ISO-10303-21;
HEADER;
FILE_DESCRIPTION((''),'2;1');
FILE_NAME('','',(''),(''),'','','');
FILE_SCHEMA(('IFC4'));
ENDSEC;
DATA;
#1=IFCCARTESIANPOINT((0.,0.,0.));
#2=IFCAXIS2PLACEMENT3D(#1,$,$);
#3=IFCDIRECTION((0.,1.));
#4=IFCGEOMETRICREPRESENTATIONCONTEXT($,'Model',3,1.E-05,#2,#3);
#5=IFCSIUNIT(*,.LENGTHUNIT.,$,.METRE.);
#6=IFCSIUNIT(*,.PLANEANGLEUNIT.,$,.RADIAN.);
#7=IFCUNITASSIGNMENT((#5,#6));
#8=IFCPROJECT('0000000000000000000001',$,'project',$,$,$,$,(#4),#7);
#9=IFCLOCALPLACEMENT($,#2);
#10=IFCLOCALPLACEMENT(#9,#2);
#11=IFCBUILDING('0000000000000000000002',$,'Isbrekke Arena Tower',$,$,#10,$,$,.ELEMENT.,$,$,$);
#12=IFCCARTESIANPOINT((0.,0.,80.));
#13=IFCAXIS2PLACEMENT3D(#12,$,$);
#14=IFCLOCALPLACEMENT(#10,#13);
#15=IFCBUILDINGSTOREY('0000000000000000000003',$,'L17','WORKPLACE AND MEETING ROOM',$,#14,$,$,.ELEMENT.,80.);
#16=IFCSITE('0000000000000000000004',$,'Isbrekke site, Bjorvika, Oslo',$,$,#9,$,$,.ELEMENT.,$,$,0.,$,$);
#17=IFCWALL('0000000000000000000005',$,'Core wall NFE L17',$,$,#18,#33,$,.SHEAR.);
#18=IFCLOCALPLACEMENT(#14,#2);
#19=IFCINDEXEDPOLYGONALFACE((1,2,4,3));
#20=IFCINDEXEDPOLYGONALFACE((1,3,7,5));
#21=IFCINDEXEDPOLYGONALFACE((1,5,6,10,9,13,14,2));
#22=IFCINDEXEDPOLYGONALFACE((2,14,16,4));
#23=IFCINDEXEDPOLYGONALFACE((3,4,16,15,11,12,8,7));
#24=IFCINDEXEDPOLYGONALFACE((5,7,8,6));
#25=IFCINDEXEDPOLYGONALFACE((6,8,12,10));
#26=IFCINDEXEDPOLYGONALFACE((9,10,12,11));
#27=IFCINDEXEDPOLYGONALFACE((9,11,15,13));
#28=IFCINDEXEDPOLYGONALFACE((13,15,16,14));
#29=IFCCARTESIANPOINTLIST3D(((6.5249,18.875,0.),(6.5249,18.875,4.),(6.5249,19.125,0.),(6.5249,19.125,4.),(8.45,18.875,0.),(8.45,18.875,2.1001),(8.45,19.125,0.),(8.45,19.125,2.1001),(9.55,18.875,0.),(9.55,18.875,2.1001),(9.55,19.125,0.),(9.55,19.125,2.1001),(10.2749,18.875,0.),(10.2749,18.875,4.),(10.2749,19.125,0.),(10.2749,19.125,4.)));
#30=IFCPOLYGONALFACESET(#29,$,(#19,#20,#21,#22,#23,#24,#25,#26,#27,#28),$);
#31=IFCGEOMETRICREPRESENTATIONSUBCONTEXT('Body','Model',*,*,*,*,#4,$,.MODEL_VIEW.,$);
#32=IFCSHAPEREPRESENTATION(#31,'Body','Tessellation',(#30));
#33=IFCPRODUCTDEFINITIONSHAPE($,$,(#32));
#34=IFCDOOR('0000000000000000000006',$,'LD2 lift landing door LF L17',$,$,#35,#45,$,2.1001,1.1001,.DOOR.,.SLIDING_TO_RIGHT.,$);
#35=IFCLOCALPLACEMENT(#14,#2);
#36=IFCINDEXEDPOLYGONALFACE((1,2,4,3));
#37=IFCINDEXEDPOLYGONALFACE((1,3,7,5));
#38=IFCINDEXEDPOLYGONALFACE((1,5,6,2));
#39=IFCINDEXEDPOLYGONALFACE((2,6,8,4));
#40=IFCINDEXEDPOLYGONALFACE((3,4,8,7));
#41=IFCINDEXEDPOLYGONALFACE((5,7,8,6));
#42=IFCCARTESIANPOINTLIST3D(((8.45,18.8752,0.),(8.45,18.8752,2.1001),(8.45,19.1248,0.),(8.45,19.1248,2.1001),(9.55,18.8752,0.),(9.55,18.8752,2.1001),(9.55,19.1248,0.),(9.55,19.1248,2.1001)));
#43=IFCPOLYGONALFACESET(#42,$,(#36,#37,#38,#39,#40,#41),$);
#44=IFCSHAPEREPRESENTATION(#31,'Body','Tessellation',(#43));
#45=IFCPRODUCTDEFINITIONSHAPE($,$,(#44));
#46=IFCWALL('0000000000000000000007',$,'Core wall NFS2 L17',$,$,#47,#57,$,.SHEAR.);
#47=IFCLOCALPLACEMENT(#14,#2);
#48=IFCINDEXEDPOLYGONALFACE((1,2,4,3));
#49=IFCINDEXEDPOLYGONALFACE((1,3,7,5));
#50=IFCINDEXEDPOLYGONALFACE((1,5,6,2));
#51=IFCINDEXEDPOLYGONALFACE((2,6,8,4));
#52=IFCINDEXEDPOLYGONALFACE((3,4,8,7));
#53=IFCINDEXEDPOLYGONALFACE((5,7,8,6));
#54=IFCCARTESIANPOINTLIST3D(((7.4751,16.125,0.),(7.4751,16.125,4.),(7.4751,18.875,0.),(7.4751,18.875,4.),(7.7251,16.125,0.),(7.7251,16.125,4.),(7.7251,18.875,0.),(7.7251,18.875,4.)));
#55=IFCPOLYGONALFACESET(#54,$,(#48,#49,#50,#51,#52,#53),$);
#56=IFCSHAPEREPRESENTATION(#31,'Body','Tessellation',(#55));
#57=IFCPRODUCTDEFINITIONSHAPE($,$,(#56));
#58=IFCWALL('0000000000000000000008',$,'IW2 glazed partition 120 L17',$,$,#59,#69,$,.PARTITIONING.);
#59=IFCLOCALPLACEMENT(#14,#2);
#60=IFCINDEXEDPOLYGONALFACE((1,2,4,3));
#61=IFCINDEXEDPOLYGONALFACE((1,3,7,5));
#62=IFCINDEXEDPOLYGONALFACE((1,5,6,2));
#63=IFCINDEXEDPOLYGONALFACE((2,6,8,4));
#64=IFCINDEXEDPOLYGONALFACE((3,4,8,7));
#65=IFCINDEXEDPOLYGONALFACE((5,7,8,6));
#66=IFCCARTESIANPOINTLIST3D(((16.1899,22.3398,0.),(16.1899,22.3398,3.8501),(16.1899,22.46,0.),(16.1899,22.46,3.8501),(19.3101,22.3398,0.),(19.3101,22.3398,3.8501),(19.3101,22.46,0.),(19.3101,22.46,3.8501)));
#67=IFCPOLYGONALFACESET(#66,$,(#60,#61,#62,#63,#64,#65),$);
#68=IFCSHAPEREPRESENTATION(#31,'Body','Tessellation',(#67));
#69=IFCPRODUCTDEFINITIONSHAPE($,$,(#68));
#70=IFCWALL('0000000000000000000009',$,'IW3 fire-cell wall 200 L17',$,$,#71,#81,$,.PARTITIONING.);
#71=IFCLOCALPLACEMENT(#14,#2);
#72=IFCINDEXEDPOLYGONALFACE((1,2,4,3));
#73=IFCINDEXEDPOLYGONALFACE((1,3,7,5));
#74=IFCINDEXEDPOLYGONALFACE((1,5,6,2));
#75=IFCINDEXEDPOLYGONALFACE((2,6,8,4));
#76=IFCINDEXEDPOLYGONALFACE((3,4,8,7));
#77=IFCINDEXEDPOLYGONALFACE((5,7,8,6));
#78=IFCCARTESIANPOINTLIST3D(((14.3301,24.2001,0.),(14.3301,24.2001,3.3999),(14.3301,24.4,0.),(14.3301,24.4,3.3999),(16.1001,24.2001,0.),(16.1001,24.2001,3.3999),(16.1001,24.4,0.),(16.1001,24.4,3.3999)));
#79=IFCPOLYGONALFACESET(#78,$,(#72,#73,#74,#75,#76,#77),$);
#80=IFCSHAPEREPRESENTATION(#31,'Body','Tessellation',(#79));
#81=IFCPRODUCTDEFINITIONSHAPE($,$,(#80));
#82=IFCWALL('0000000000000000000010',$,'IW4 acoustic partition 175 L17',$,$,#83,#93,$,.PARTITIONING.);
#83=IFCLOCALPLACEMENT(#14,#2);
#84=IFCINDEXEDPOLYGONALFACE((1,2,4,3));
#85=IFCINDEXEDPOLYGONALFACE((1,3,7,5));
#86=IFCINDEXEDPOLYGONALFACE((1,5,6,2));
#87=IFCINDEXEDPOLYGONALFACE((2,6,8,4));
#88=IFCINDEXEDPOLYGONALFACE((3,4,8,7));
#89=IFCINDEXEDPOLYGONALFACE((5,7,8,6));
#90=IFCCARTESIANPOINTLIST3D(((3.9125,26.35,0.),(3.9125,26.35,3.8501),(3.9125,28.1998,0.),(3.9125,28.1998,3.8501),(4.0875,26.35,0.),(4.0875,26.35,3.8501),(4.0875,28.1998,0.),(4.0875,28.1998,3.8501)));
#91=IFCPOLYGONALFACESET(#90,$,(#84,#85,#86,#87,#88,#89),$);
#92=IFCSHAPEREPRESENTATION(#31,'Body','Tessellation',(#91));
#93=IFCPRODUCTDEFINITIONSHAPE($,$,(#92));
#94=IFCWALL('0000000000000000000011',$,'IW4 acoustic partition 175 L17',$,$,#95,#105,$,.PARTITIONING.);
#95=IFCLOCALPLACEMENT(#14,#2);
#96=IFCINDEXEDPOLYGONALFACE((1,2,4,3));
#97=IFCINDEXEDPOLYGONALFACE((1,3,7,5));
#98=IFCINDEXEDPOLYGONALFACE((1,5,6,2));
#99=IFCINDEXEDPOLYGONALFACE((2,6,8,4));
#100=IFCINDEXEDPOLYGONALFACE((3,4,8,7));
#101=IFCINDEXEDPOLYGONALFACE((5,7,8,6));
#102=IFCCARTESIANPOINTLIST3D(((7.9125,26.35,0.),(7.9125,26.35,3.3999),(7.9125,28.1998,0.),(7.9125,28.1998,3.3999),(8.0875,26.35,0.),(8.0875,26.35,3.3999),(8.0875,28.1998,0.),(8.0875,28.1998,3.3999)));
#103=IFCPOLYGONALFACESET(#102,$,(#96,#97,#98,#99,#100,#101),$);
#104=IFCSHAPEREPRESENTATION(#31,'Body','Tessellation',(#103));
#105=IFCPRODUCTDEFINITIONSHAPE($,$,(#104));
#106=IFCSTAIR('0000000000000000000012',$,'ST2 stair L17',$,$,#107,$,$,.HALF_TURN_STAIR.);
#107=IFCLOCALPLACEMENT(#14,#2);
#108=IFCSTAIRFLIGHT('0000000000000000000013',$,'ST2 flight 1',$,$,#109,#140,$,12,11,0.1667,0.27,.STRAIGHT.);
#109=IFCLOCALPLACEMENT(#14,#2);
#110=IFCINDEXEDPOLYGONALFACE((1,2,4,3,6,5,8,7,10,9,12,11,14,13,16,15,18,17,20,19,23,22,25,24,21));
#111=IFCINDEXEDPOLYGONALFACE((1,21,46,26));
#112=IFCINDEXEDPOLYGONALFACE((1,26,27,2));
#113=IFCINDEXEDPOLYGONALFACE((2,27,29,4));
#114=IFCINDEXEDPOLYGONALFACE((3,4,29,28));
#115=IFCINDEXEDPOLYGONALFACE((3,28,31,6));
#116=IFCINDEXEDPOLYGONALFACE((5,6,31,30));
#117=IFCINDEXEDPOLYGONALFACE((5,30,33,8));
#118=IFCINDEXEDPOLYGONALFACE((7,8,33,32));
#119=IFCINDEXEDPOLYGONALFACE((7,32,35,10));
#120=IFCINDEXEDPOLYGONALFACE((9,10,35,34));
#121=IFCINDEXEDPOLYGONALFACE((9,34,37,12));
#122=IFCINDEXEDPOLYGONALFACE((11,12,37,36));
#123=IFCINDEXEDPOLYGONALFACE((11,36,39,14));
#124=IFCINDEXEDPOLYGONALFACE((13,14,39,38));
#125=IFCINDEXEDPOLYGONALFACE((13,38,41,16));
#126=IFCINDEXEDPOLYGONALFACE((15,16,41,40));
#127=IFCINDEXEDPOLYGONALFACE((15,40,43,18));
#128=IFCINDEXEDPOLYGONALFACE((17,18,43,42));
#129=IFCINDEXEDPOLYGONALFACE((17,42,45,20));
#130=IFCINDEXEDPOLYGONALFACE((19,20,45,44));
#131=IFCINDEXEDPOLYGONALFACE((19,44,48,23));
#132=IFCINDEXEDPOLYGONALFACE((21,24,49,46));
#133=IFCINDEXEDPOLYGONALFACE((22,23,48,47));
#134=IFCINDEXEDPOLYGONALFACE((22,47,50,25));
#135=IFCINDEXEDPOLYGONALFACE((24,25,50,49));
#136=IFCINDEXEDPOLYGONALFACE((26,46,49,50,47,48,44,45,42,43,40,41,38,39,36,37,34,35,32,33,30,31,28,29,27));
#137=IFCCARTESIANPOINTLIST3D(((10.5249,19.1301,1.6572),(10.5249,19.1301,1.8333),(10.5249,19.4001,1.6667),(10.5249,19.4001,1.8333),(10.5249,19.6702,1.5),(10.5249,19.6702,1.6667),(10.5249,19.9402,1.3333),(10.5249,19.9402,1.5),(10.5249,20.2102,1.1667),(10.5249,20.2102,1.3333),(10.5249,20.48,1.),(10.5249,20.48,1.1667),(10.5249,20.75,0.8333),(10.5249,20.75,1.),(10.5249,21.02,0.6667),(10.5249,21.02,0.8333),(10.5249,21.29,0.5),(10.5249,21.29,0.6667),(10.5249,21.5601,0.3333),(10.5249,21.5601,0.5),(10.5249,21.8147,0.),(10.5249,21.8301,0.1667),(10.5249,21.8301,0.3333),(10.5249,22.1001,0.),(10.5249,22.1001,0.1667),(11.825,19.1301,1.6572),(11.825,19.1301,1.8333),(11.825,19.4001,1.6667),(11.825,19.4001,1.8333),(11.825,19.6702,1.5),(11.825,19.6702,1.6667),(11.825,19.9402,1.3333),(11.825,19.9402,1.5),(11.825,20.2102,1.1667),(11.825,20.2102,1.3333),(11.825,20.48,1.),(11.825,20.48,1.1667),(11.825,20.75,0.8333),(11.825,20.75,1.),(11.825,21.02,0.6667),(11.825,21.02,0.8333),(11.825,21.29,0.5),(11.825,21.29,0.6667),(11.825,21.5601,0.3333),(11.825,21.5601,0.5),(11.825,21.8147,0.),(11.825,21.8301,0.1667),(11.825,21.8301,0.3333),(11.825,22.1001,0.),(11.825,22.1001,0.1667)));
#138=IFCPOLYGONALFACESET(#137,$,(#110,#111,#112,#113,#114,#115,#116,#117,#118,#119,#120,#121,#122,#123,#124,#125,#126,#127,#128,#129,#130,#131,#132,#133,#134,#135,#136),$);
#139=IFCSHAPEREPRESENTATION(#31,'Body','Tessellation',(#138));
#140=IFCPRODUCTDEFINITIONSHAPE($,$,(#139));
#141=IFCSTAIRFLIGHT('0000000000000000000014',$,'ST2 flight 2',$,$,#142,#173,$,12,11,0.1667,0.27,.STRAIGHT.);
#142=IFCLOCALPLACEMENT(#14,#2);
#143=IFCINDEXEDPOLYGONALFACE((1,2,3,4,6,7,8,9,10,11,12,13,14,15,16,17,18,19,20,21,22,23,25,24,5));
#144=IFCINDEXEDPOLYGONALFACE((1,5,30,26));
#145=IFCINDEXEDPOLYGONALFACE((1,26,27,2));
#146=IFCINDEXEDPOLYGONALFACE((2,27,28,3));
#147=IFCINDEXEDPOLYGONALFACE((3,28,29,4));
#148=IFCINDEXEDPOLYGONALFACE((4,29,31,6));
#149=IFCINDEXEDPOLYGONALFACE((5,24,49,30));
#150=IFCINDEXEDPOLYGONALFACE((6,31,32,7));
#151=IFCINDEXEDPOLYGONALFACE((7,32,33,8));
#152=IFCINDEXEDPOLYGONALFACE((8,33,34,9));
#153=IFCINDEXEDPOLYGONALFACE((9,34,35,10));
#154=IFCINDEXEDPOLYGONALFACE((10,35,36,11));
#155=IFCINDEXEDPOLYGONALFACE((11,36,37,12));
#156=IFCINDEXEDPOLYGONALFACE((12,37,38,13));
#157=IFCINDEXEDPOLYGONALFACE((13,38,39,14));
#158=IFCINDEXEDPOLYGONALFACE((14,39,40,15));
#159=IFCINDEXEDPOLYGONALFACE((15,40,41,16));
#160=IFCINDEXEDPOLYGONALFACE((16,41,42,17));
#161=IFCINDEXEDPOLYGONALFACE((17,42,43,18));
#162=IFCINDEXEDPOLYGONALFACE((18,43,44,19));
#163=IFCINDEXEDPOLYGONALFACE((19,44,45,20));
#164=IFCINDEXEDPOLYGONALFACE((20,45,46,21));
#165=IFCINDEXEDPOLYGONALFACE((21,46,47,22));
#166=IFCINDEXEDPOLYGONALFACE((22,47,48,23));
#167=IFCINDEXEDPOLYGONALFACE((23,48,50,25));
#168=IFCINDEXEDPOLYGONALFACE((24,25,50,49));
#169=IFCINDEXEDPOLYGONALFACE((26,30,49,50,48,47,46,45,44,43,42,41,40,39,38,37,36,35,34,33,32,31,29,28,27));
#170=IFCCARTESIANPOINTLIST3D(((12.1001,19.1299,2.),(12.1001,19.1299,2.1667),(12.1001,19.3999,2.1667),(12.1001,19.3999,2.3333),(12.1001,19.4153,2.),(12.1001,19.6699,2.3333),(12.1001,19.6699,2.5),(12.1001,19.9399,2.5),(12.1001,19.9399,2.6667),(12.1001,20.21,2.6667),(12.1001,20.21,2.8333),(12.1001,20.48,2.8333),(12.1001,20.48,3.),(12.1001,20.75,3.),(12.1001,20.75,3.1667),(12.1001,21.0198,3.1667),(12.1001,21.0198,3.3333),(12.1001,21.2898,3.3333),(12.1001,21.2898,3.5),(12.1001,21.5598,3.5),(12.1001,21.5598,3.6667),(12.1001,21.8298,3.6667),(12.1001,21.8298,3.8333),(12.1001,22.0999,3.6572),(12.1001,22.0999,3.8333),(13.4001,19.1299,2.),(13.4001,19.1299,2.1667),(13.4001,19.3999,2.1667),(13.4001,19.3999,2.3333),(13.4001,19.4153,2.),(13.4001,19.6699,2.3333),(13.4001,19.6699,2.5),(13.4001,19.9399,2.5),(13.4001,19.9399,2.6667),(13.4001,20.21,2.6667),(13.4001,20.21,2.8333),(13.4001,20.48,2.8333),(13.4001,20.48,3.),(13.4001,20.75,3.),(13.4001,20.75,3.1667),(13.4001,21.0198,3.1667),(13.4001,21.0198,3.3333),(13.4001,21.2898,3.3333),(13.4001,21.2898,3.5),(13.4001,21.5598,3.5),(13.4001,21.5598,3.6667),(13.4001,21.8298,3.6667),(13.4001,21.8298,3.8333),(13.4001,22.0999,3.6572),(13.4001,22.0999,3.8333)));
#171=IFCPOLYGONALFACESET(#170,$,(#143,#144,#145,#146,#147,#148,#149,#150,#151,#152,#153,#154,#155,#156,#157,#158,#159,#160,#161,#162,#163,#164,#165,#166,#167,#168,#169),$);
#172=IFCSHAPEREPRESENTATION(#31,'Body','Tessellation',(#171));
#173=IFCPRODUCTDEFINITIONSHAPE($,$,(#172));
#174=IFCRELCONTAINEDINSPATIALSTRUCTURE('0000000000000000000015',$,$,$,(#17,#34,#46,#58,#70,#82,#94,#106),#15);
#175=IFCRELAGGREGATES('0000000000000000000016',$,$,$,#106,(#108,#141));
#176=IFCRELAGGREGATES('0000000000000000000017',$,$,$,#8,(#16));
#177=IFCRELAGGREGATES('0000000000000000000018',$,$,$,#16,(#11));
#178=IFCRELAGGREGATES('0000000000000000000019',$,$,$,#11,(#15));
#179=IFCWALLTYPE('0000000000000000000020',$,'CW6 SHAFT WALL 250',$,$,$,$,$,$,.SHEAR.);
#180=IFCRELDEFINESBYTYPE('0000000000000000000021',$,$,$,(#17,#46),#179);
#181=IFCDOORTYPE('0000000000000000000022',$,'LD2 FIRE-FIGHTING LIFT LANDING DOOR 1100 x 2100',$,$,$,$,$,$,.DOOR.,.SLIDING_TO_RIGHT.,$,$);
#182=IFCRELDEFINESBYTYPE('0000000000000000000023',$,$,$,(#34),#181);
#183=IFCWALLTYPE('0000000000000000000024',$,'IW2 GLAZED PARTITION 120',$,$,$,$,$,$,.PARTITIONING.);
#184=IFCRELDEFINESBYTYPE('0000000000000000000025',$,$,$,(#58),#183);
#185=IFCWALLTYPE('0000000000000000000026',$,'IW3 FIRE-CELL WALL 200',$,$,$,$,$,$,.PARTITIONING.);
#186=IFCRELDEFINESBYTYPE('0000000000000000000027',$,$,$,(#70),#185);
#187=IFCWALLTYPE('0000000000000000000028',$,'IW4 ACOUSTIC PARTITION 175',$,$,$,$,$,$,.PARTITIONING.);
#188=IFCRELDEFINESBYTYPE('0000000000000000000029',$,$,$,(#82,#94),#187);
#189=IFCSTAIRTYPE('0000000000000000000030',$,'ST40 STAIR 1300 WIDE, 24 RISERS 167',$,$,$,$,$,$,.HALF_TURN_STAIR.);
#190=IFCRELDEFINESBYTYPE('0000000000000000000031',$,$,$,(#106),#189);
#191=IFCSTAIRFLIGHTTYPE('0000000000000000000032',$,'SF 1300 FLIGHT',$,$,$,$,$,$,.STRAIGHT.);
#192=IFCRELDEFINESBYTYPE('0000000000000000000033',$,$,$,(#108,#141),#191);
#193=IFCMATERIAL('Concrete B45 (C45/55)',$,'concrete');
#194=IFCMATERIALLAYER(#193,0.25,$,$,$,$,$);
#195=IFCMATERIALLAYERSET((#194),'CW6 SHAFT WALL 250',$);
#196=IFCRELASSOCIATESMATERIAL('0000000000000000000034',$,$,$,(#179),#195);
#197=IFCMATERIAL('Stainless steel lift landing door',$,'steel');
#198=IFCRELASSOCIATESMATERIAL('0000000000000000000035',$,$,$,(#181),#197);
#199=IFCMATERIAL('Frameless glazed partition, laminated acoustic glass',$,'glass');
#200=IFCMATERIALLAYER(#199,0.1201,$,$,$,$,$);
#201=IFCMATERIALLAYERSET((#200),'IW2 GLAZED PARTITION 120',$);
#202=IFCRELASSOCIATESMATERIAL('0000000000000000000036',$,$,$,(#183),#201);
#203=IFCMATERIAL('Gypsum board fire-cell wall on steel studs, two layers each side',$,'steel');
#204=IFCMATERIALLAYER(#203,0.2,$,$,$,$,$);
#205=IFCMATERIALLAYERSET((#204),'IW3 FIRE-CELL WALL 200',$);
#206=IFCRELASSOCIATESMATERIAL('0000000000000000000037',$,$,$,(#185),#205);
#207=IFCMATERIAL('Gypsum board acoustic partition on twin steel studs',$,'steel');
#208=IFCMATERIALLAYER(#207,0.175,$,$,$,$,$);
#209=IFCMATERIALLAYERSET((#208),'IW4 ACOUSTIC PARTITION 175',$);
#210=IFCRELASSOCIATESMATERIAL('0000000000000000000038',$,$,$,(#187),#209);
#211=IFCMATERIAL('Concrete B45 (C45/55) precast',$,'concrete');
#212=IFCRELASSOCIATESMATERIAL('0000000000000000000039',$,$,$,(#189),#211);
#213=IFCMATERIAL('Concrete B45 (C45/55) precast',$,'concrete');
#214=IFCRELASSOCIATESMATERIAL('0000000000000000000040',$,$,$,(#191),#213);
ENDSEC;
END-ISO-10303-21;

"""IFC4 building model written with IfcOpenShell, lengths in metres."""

from ifc_helpers import new_model, si_unit, direction, frame, frame_2d, origin, place, context, subcontext, project, spatial, polyline, rectangle, outline, extrude, material, layer, layer_set, type_object, element, fill, aggregate, save


model = new_model("IFC4")

# Units and contexts
model_context = context("Model", 3, precision=1e-05, world=origin(), true_north=direction((0.0, 1.0)))
body_context = subcontext(model_context, "Body", "Model", "MODEL_VIEW")
ifc_project = project(units=[si_unit("LENGTHUNIT", "METRE"), si_unit("PLANEANGLEUNIT", "RADIAN")], contexts=[model_context])

# Site, building, storey
site_placement = place(None, origin())
site = spatial("IfcSite", under=ifc_project, at=site_placement, Name="Isbrekke site, Bjorvika, Oslo", CompositionType="ELEMENT", RefElevation=0.0)
building_placement = place(site_placement, origin())
building = spatial("IfcBuilding", under=site, at=building_placement, Name="Isbrekke Arena Tower", CompositionType="ELEMENT")
storey_placement = place(building_placement, frame((0.0, 0.0, 80.0)))
storey = spatial("IfcBuildingStorey", under=building, at=storey_placement, Name="L17", Description="WORKPLACE AND MEETING ROOM", CompositionType="ELEMENT", Elevation=80.0)

# Shared definitions
ifc_material_1 = material(Name="Concrete B45 (C45/55)", Category="concrete")
ifc_layer_1 = layer(ifc_material_1, 0.25)
ifc_layer_set_1 = layer_set([ifc_layer_1], Name="CW6 SHAFT WALL 250")
wall_type_1 = type_object("IfcWallType", Name="CW6 SHAFT WALL 250", PredefinedType="SHEAR", material=ifc_layer_set_1)

# Wall, opening, door
wall_1_placement = place(storey_placement, frame((6.5249, 19.0, 0.0), z_axis=(0.0, 0.0, 1.0), x_axis=(1.0, 0.0, 0.0)))
wall_1 = element("IfcWall", 1, at=wall_1_placement, inside=storey, type_object=wall_type_1, Name="Core wall NFE L17", PredefinedType="SHEAR", context=body_context, shape_type="SweptSolid", body=[
    extrude(rectangle(XDim=3.75, YDim=0.25, at=frame_2d((1.875, 0.0))), origin(), (0.0, 0.0, 1.0), 4.0),
])
opening_1_placement = place(wall_1_placement, frame((1.925, 0.0, 0.0)))
opening_1 = element("IfcOpeningElement", 2, at=opening_1_placement, cuts=wall_1, PredefinedType="OPENING", context=body_context, shape_type="SweptSolid", body=[
    extrude(rectangle(XDim=1.1001, YDim=2.1001, at=frame_2d((0.55, 1.05))), frame((0.0, 0.1399, 0.0), z_axis=(0.0, -1.0, 0.0), x_axis=(1.0, 0.0, 0.0)), (0.0, 0.0, 1.0), 0.2798),
])
ifc_material_2 = material(Name="Stainless steel lift landing door", Category="steel")
door_type_1 = type_object("IfcDoorType", Name="LD2 FIRE-FIGHTING LIFT LANDING DOOR 1100 x 2100", OperationType="SLIDING_TO_RIGHT", PredefinedType="DOOR", material=ifc_material_2)
door_1_placement = place(opening_1_placement, origin())
door_1 = element("IfcDoor", 3, at=door_1_placement, inside=storey, type_object=door_type_1, Name="LD2 lift landing door LF L17", OperationType="SLIDING_TO_RIGHT", OverallHeight=2.1001, OverallWidth=1.1001, PredefinedType="DOOR", context=body_context, shape_type="SweptSolid", body=[
    extrude(rectangle(XDim=1.1001, YDim=2.1001, at=frame_2d((0.55, 1.05))), frame((0.0, 0.1248, 0.0), z_axis=(0.0, -1.0, 0.0), x_axis=(1.0, 0.0, 0.0)), (0.0, 0.0, 1.0), 0.2495),
])
fill(opening_1, door_1)

# Walls
wall_2_placement = place(storey_placement, frame((7.6001, 16.125, 0.0), z_axis=(0.0, 0.0, 1.0), x_axis=(0.0, 1.0, 0.0)))
element("IfcWall", 4, at=wall_2_placement, inside=storey, type_object=wall_type_1, Name="Core wall NFS2 L17", PredefinedType="SHEAR", context=body_context, shape_type="SweptSolid", body=[
    extrude(rectangle(XDim=2.75, YDim=0.25, at=frame_2d((1.375, 0.0))), origin(), (0.0, 0.0, 1.0), 4.0),
])
ifc_material_3 = material(Name="Frameless glazed partition, laminated acoustic glass", Category="glass")
ifc_layer_2 = layer(ifc_material_3, 0.1201)
ifc_layer_set_2 = layer_set([ifc_layer_2], Name="IW2 GLAZED PARTITION 120")
wall_type_2 = type_object("IfcWallType", Name="IW2 GLAZED PARTITION 120", PredefinedType="PARTITIONING", material=ifc_layer_set_2)
wall_3_placement = place(storey_placement, frame((16.1899, 22.3999, 0.0), z_axis=(0.0, 0.0, 1.0), x_axis=(1.0, 0.0, 0.0)))
element("IfcWall", 5, at=wall_3_placement, inside=storey, type_object=wall_type_2, Name="IW2 glazed partition 120 L17", PredefinedType="PARTITIONING", context=body_context, shape_type="SweptSolid", body=[
    extrude(rectangle(XDim=3.1201, YDim=0.1201, at=frame_2d((1.5601, 0.0))), origin(), (0.0, 0.0, 1.0), 3.8501),
])
ifc_material_4 = material(Name="Gypsum board fire-cell wall on steel studs, two layers each side", Category="steel")
ifc_layer_3 = layer(ifc_material_4, 0.2)
ifc_layer_set_3 = layer_set([ifc_layer_3], Name="IW3 FIRE-CELL WALL 200")
wall_type_3 = type_object("IfcWallType", Name="IW3 FIRE-CELL WALL 200", PredefinedType="PARTITIONING", material=ifc_layer_set_3)
wall_4_placement = place(storey_placement, frame((14.3301, 24.3, 0.0), z_axis=(0.0, 0.0, 1.0), x_axis=(1.0, 0.0, 0.0)))
element("IfcWall", 6, at=wall_4_placement, inside=storey, type_object=wall_type_3, Name="IW3 fire-cell wall 200 L17", PredefinedType="PARTITIONING", context=body_context, shape_type="SweptSolid", body=[
    extrude(rectangle(XDim=1.77, YDim=0.2, at=frame_2d((0.885, 0.0))), origin(), (0.0, 0.0, 1.0), 3.3999),
])

# Walls
ifc_material_5 = material(Name="Gypsum board acoustic partition on twin steel studs", Category="steel")
ifc_layer_4 = layer(ifc_material_5, 0.175)
ifc_layer_set_4 = layer_set([ifc_layer_4], Name="IW4 ACOUSTIC PARTITION 175")
wall_type_4 = type_object("IfcWallType", Name="IW4 ACOUSTIC PARTITION 175", PredefinedType="PARTITIONING", material=ifc_layer_set_4)
wall_5_placement = place(storey_placement, frame((4.0, 26.3501, 0.0), z_axis=(0.0, 0.0, 1.0), x_axis=(0.0, 1.0, 0.0)))
element("IfcWall", 7, at=wall_5_placement, inside=storey, type_object=wall_type_4, Name="IW4 acoustic partition 175 L17", PredefinedType="PARTITIONING", context=body_context, shape_type="SweptSolid", body=[
    extrude(rectangle(XDim=1.8499, YDim=0.175, at=frame_2d((0.9248, 0.0))), origin(), (0.0, 0.0, 1.0), 3.8501),
])
wall_6_placement = place(storey_placement, frame((8.0, 26.3501, 0.0), z_axis=(0.0, 0.0, 1.0), x_axis=(0.0, 1.0, 0.0)))
element("IfcWall", 8, at=wall_6_placement, inside=storey, type_object=wall_type_4, Name="IW4 acoustic partition 175 L17", PredefinedType="PARTITIONING", context=body_context, shape_type="SweptSolid", body=[
    extrude(rectangle(XDim=1.8499, YDim=0.175, at=frame_2d((0.9248, 0.0))), origin(), (0.0, 0.0, 1.0), 3.3999),
])

# Stair, stair flights
ifc_material_6 = material(Name="Concrete B45 (C45/55) precast", Category="concrete")
stair_type = type_object("IfcStairType", Name="ST40 STAIR 1300 WIDE, 24 RISERS 167", PredefinedType="HALF_TURN_STAIR", material=ifc_material_6)
stair_placement = place(storey_placement, origin())
stair = element("IfcStair", 9, at=stair_placement, inside=storey, type_object=stair_type, Name="ST2 stair L17", PredefinedType="HALF_TURN_STAIR")
ifc_material_7 = material(Name="Concrete B45 (C45/55) precast", Category="concrete")
stair_flight_type = type_object("IfcStairFlightType", Name="SF 1300 FLIGHT", PredefinedType="STRAIGHT", material=ifc_material_7)
stair_flight_1_placement = place(storey_placement, frame((11.175, 22.1001, 0.0), z_axis=(0.0, 0.0, 1.0), x_axis=(0.0, -1.0, 0.0)))
stair_flight_1 = element("IfcStairFlight", 10, at=stair_flight_1_placement, type_object=stair_flight_type, Name="ST2 flight 1", NumberOfRisers=12, NumberOfTreads=11, PredefinedType="STRAIGHT", RiserHeight=0.1667, TreadLength=0.27, context=body_context, shape_type="SweptSolid", body=[
    extrude(outline(polyline([(0.0, 0.0), (0.0, 0.1667), (0.27, 0.1667), (0.27, 0.3333), (0.54, 0.3333), (0.54, 0.5), (0.8101, 0.5), (0.8101, 0.6667), (1.0801, 0.6667), (1.0801, 0.8333), (1.3501, 0.8333), (1.3501, 1.0), (1.6201, 1.0), (1.6201, 1.1667), (1.8899, 1.1667), (1.8899, 1.3333), (2.1599, 1.3333), (2.1599, 1.5), (2.4299, 1.5), (2.4299, 1.6667), (2.7, 1.6667), (2.7, 1.8333), (2.97, 1.8333), (2.97, 2.0), (2.97, 1.6572), (0.2854, 0.0), (0.0, 0.0)])), frame((0.0, 0.6499, 0.0), z_axis=(0.0, -1.0, 0.0), x_axis=(1.0, 0.0, 0.0)), (0.0, 0.0, 1.0), 1.3),
])
stair_flight_2_placement = place(storey_placement, frame((12.75, 19.1299, 2.0), z_axis=(0.0, 0.0, 1.0), x_axis=(0.0, 1.0, 0.0)))
stair_flight_2 = element("IfcStairFlight", 11, at=stair_flight_2_placement, type_object=stair_flight_type, Name="ST2 flight 2", NumberOfRisers=12, NumberOfTreads=11, PredefinedType="STRAIGHT", RiserHeight=0.1667, TreadLength=0.27, context=body_context, shape_type="SweptSolid", body=[
    extrude(outline(polyline([(0.0, 0.0), (0.0, 0.1667), (0.27, 0.1667), (0.27, 0.3333), (0.54, 0.3333), (0.54, 0.5), (0.8101, 0.5), (0.8101, 0.6667), (1.0801, 0.6667), (1.0801, 0.8333), (1.3501, 0.8333), (1.3501, 1.0), (1.6201, 1.0), (1.6201, 1.1667), (1.8899, 1.1667), (1.8899, 1.3333), (2.1599, 1.3333), (2.1599, 1.5), (2.4299, 1.5), (2.4299, 1.6667), (2.7, 1.6667), (2.7, 1.8333), (2.97, 1.8333), (2.97, 2.0), (2.97, 1.6572), (0.2854, 0.0), (0.0, 0.0)])), frame((0.0, 0.6499, 0.0), z_axis=(0.0, -1.0, 0.0), x_axis=(1.0, 0.0, 0.0)), (0.0, 0.0, 1.0), 1.3),
])
aggregate(stair, [stair_flight_1, stair_flight_2])

save(model, "model.ifc")
